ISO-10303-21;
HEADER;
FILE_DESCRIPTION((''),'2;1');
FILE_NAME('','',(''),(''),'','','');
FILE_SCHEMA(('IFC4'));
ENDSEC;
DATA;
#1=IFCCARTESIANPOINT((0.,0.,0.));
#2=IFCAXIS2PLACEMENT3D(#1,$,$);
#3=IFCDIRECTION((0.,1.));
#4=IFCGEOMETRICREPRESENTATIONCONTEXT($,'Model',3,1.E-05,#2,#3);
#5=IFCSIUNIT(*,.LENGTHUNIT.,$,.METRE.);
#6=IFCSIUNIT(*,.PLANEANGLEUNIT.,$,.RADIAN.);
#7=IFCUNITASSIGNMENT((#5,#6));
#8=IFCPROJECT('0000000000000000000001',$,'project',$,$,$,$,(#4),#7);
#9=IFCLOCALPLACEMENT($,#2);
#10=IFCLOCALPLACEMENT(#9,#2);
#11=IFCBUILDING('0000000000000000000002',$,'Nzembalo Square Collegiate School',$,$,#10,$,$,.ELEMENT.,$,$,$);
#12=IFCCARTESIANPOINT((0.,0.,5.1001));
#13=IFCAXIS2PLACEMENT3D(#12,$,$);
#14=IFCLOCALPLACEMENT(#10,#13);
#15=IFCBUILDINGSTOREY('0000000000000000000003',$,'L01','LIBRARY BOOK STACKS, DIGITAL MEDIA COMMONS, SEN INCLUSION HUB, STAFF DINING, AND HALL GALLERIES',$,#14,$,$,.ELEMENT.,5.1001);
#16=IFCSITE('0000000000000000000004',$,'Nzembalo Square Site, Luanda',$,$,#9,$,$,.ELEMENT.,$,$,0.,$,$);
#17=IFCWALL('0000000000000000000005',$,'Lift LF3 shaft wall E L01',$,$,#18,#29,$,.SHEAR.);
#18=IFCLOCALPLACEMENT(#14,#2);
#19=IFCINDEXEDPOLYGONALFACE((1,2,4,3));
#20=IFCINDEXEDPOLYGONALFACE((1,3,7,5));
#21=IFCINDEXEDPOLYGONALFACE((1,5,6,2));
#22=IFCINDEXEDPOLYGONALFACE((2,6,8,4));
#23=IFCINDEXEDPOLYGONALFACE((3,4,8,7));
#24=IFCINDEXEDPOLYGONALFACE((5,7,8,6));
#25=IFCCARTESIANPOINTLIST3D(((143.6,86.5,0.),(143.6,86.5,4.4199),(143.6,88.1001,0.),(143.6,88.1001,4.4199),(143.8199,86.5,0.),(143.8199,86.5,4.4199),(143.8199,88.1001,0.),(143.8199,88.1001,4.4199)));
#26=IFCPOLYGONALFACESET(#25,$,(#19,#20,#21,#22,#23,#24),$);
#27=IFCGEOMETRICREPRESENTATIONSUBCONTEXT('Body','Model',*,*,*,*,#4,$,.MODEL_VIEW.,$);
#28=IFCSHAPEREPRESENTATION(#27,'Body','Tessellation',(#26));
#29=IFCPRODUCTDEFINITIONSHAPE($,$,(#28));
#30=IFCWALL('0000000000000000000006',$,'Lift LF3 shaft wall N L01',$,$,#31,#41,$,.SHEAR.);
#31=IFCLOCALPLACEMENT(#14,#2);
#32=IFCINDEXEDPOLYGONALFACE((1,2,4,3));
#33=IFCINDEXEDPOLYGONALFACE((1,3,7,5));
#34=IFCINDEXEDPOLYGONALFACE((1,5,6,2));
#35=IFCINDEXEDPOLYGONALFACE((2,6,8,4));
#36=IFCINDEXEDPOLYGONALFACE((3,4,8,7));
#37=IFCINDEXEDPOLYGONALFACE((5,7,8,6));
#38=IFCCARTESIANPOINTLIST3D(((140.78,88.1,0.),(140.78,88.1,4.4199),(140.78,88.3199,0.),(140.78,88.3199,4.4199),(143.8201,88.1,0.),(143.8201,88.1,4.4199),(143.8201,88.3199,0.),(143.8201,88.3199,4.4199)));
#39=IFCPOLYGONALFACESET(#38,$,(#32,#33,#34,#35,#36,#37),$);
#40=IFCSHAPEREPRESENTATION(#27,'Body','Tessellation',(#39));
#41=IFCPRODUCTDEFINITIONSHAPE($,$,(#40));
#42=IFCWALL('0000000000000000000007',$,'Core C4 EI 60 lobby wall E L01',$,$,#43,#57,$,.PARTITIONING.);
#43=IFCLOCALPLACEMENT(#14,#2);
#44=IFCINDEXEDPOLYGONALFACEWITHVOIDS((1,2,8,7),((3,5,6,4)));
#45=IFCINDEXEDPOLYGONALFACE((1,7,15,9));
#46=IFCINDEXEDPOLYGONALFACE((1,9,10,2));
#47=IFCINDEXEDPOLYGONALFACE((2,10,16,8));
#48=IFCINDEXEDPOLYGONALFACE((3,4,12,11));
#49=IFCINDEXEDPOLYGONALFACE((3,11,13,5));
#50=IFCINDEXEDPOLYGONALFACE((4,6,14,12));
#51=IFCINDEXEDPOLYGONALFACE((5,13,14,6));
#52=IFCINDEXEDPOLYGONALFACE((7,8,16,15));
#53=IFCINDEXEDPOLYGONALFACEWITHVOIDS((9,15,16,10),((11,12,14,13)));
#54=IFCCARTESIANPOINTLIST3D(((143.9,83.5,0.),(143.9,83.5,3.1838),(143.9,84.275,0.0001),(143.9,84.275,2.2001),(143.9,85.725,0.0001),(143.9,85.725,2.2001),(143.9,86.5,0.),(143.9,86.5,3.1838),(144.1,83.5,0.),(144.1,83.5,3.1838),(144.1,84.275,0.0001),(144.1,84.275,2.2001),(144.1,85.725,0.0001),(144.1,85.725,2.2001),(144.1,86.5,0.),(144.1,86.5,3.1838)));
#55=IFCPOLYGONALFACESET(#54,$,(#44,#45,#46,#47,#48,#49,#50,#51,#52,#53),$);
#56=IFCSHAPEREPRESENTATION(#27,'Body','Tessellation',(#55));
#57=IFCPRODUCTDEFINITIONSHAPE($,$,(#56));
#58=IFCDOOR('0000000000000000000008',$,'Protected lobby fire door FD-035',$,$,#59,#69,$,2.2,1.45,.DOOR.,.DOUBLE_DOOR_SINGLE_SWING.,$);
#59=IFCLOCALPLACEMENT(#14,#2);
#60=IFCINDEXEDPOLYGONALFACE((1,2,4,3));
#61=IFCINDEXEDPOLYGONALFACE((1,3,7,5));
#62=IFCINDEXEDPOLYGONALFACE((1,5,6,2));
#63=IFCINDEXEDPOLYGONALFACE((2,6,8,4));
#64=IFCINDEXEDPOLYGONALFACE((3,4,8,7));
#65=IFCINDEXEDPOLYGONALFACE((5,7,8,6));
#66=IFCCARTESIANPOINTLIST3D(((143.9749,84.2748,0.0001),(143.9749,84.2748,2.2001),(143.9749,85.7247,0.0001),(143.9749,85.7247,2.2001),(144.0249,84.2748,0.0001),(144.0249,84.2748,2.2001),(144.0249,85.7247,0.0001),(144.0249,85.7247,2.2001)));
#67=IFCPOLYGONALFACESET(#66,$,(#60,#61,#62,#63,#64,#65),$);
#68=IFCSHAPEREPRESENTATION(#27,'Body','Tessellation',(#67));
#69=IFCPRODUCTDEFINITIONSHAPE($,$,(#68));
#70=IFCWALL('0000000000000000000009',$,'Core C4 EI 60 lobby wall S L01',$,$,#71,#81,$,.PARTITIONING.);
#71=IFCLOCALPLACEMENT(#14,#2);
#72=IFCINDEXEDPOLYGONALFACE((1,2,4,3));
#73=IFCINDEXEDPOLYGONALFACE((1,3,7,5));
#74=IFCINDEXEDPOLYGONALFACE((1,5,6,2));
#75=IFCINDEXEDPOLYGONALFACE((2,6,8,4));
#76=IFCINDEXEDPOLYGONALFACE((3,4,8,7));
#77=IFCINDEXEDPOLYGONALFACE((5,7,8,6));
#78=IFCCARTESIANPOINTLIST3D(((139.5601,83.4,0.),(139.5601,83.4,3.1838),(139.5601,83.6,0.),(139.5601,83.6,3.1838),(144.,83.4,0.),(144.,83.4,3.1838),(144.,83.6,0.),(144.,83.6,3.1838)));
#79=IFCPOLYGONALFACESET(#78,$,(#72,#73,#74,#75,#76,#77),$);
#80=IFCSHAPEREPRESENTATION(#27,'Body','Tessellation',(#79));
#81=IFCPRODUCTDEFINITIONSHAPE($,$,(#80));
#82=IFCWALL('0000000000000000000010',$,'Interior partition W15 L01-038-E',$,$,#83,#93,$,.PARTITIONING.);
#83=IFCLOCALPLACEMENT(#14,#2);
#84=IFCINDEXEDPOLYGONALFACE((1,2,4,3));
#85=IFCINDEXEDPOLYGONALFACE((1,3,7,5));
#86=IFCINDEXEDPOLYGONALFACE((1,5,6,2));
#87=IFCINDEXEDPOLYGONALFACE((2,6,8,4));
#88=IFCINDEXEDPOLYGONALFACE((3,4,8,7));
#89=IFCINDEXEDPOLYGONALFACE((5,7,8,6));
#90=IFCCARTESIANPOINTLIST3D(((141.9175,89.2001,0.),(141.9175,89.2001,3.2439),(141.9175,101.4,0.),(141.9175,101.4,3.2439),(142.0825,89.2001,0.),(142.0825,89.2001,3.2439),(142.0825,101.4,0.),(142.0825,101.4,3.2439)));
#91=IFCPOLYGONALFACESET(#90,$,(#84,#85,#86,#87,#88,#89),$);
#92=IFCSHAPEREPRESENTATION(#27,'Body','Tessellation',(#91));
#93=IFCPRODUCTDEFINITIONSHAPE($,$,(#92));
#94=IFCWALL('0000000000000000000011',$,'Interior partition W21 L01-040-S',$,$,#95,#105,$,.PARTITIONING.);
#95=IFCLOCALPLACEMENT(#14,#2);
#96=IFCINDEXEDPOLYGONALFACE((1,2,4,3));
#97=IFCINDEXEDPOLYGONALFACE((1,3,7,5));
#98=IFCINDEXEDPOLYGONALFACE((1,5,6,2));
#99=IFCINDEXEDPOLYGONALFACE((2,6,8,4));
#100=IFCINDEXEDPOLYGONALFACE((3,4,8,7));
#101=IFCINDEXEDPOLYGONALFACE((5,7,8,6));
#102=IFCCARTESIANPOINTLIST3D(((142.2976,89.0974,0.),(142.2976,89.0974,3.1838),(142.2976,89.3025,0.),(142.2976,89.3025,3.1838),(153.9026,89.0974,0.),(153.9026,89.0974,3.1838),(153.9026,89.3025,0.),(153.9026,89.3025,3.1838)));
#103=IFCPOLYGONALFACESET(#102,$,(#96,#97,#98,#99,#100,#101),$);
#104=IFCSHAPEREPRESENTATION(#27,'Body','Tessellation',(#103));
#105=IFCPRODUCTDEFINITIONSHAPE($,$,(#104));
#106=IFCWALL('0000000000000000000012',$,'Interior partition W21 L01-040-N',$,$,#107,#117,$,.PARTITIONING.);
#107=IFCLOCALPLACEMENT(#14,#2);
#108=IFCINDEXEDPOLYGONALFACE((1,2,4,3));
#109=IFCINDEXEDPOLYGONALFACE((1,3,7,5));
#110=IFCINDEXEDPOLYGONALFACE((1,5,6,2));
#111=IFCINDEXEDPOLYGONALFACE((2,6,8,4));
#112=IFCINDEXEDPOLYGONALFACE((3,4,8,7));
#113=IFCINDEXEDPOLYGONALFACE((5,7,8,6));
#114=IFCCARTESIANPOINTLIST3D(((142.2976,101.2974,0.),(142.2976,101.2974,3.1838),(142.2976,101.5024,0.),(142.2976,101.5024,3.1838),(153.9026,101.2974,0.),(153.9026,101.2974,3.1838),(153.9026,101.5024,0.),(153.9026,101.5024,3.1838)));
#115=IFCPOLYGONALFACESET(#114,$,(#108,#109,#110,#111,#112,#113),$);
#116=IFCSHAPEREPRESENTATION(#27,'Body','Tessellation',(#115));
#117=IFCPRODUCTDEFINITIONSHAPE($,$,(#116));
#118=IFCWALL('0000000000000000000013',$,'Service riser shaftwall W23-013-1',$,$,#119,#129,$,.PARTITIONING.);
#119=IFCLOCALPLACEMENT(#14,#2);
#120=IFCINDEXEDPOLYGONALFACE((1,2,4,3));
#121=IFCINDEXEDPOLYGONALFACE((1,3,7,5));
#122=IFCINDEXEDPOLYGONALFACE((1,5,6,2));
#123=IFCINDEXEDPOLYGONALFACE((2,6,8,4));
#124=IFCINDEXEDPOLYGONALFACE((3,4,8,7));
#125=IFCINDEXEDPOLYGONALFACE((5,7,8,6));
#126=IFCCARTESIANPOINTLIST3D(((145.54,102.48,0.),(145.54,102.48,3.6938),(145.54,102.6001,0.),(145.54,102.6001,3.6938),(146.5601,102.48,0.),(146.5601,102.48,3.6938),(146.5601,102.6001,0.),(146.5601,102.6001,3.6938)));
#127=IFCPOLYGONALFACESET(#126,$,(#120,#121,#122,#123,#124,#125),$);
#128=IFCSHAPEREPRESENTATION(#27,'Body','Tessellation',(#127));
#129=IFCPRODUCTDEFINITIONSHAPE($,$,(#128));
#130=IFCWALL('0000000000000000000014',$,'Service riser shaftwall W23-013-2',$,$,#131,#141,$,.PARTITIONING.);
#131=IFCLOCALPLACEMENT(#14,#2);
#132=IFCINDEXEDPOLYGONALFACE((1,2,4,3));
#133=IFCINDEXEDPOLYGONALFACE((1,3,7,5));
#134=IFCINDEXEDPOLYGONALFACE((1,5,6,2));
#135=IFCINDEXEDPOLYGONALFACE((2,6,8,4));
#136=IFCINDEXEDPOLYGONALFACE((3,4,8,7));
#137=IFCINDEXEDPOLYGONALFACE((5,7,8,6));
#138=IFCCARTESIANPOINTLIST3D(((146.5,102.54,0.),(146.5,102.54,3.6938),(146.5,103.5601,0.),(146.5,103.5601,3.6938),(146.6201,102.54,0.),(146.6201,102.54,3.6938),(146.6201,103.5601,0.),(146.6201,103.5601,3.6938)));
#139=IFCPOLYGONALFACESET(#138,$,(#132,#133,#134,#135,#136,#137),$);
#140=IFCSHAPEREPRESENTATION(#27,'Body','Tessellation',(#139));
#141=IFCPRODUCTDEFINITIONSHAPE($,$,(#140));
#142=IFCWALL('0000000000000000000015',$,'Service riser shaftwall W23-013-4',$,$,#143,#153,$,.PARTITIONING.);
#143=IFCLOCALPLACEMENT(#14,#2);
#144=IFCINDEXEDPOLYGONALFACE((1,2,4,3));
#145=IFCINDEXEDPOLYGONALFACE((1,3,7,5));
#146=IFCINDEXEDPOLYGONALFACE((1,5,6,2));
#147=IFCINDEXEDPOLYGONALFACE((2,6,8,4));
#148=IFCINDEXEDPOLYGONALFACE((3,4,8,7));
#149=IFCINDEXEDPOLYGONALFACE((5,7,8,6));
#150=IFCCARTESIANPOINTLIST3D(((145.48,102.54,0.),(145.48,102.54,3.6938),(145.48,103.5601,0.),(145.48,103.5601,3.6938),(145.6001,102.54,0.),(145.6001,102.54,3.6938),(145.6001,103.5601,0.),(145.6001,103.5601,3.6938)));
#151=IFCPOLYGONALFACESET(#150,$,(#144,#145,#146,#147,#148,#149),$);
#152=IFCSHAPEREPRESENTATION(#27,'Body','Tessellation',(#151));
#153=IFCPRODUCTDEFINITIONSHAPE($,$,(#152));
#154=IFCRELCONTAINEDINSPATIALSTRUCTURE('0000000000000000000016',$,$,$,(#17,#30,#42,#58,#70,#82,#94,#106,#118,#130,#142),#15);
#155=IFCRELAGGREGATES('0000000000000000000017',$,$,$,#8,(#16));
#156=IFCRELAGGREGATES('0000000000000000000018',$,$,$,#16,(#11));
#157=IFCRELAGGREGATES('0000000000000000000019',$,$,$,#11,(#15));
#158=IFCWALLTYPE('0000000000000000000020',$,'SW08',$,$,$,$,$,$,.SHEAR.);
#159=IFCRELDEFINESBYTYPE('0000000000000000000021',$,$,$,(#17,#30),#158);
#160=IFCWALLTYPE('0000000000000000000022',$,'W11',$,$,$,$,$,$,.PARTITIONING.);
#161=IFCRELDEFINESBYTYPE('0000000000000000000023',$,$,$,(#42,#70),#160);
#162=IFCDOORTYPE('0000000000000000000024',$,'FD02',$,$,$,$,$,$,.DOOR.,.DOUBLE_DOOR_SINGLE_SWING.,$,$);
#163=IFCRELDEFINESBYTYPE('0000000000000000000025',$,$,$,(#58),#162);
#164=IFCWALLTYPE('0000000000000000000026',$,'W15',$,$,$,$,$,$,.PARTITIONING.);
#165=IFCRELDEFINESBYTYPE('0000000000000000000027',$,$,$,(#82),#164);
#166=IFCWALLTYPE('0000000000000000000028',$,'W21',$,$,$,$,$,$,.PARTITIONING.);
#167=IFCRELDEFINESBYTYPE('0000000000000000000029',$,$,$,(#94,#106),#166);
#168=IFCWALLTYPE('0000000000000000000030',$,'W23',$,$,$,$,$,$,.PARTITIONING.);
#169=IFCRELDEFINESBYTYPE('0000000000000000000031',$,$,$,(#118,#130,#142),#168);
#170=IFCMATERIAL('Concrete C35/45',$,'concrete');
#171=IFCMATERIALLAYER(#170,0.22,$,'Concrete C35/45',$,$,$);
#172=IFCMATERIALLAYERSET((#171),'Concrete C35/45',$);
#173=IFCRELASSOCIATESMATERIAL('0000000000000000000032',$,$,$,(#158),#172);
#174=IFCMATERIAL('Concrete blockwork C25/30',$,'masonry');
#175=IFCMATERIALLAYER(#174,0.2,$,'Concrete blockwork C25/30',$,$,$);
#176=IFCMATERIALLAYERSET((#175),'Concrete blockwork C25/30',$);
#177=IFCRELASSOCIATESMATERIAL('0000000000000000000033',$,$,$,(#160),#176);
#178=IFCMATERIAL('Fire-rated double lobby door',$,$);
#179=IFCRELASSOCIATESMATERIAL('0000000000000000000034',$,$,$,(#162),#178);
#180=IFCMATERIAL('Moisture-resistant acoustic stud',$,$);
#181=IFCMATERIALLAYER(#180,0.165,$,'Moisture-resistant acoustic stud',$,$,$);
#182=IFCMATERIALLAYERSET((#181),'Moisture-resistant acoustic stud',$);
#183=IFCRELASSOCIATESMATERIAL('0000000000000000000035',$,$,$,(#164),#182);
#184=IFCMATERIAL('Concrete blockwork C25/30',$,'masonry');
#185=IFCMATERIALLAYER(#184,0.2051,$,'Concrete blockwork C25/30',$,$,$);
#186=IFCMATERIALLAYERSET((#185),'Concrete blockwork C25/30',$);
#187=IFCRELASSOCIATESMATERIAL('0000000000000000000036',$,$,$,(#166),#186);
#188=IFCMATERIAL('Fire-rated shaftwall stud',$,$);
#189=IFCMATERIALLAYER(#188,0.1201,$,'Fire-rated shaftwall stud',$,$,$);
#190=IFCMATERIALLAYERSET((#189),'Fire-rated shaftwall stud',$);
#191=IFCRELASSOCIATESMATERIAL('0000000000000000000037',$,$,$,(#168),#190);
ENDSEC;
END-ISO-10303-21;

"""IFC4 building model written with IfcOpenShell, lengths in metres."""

from ifc_helpers import new_model, si_unit, direction, frame, frame_2d, origin, place, context, subcontext, project, spatial, rectangle, extrude, material, layer, layer_set, type_object, element, fill, save


model = new_model("IFC4")

# Units and contexts
model_context = context("Model", 3, precision=1e-05, world=origin(), true_north=direction((0.0, 1.0)))
body_context = subcontext(model_context, "Body", "Model", "MODEL_VIEW")
ifc_project = project(units=[si_unit("LENGTHUNIT", "METRE"), si_unit("PLANEANGLEUNIT", "RADIAN")], contexts=[model_context])

# Site, building, storey
site_placement = place(None, origin())
site = spatial("IfcSite", under=ifc_project, at=site_placement, Name="Nzembalo Square Site, Luanda", CompositionType="ELEMENT", RefElevation=0.0)
building_placement = place(site_placement, origin())
building = spatial("IfcBuilding", under=site, at=building_placement, Name="Nzembalo Square Collegiate School", CompositionType="ELEMENT")
storey_placement = place(building_placement, frame((0.0, 0.0, 5.1001)))
storey = spatial("IfcBuildingStorey", under=building, at=storey_placement, Name="L01", Description="LIBRARY BOOK STACKS, DIGITAL MEDIA COMMONS, SEN INCLUSION HUB, STAFF DINING, AND HALL GALLERIES", CompositionType="ELEMENT", Elevation=5.1001)

# Walls
ifc_material_1 = material(Name="Concrete C35/45", Category="concrete")
ifc_layer_1 = layer(ifc_material_1, 0.22, Name="Concrete C35/45")
ifc_layer_set_1 = layer_set([ifc_layer_1], Name="Concrete C35/45")
wall_type_1 = type_object("IfcWallType", Name="SW08", PredefinedType="SHEAR", material=ifc_layer_set_1)
for number, where, z_axis, x_axis, name in (
    (1, (143.71, 86.5, 0.0), (0.0, 0.0, 1.0), (0.0, 1.0, 0.0), "Lift LF3 shaft wall E L01"),
):
    element("IfcWall", number, at=place(storey_placement, frame(where, z_axis=z_axis, x_axis=x_axis)), inside=storey, type_object=wall_type_1, Name=name, PredefinedType="SHEAR", context=body_context, shape_type="SweptSolid", body=[
        extrude(rectangle(XDim=1.6001, YDim=0.22, at=frame_2d((0.8, 0.0))), origin(), (0.0, 0.0, 1.0), 4.4199),
    ])
wall_1_placement = place(storey_placement, frame((140.78, 88.21, 0.0), z_axis=(0.0, 0.0, 1.0), x_axis=(1.0, 0.0, 0.0)))
element("IfcWall", 2, at=wall_1_placement, inside=storey, type_object=wall_type_1, Name="Lift LF3 shaft wall N L01", PredefinedType="SHEAR", context=body_context, shape_type="SweptSolid", body=[
    extrude(rectangle(XDim=3.04, YDim=0.22, at=frame_2d((1.52, 0.0))), origin(), (0.0, 0.0, 1.0), 4.4199),
])

# Wall, opening, door
ifc_material_2 = material(Name="Concrete blockwork C25/30", Category="masonry")
ifc_layer_2 = layer(ifc_material_2, 0.2, Name="Concrete blockwork C25/30")
ifc_layer_set_2 = layer_set([ifc_layer_2], Name="Concrete blockwork C25/30")
wall_type_2 = type_object("IfcWallType", Name="W11", PredefinedType="PARTITIONING", material=ifc_layer_set_2)
wall_2_placement = place(storey_placement, frame((144.0, 83.5, 0.0), z_axis=(0.0, 0.0, 1.0), x_axis=(0.0, 1.0, 0.0)))
wall_2 = element("IfcWall", 3, at=wall_2_placement, inside=storey, type_object=wall_type_2, Name="Core C4 EI 60 lobby wall E L01", PredefinedType="PARTITIONING", context=body_context, shape_type="SweptSolid", body=[
    extrude(rectangle(XDim=3.0, YDim=0.2, at=frame_2d((1.5, 0.0))), origin(), (0.0, 0.0, 1.0), 3.1838),
])
opening_1_placement = place(wall_2_placement, frame((0.7749, 0.0, 0.0)))
opening_1 = element("IfcOpeningElement", 4, at=opening_1_placement, cuts=wall_2, PredefinedType="OPENING", context=body_context, shape_type="SweptSolid", body=[
    extrude(rectangle(XDim=1.45, YDim=2.2, at=frame_2d((0.7251, 1.1001))), frame((0.0, 0.1099, 0.0), z_axis=(0.0, -1.0, 0.0), x_axis=(1.0, 0.0, 0.0)), (0.0, 0.0, 1.0), 0.22),
])
ifc_material_3 = material(Name="Fire-rated double lobby door")
door_type_1 = type_object("IfcDoorType", Name="FD02", OperationType="DOUBLE_DOOR_SINGLE_SWING", PredefinedType="DOOR", material=ifc_material_3)
door_1_placement = place(opening_1_placement, frame((1.45, 0.0, 0.0), z_axis=(0.0, 0.0, 1.0), x_axis=(-1.0, 0.0, 0.0)))
door_1 = element("IfcDoor", 5, at=door_1_placement, inside=storey, type_object=door_type_1, Name="Protected lobby fire door FD-035", OperationType="DOUBLE_DOOR_SINGLE_SWING", OverallHeight=2.2, OverallWidth=1.45, PredefinedType="DOOR", context=body_context, shape_type="SweptSolid", body=[
    extrude(rectangle(XDim=1.45, YDim=2.2, at=frame_2d((0.7251, 1.1001))), frame((0.0, 0.0249, 0.0), z_axis=(0.0, -1.0, 0.0), x_axis=(1.0, 0.0, 0.0)), (0.0, 0.0, 1.0), 0.05),
])
fill(opening_1, door_1)

# Walls
wall_3_placement = place(storey_placement, frame((139.5601, 83.5, 0.0), z_axis=(0.0, 0.0, 1.0), x_axis=(1.0, 0.0, 0.0)))
element("IfcWall", 6, at=wall_3_placement, inside=storey, type_object=wall_type_2, Name="Core C4 EI 60 lobby wall S L01", PredefinedType="PARTITIONING", context=body_context, shape_type="SweptSolid", body=[
    extrude(rectangle(XDim=4.4399, YDim=0.2, at=frame_2d((2.22, 0.0))), origin(), (0.0, 0.0, 1.0), 3.1838),
])
ifc_material_4 = material(Name="Moisture-resistant acoustic stud")
ifc_layer_3 = layer(ifc_material_4, 0.165, Name="Moisture-resistant acoustic stud")
ifc_layer_set_3 = layer_set([ifc_layer_3], Name="Moisture-resistant acoustic stud")
wall_type_3 = type_object("IfcWallType", Name="W15", PredefinedType="PARTITIONING", material=ifc_layer_set_3)
wall_4_placement = place(storey_placement, frame((142.0, 89.2, 0.0), z_axis=(0.0, 0.0, 1.0), x_axis=(0.0, 1.0, 0.0)))
element("IfcWall", 7, at=wall_4_placement, inside=storey, type_object=wall_type_3, Name="Interior partition W15 L01-038-E", PredefinedType="PARTITIONING", context=body_context, shape_type="SweptSolid", body=[
    extrude(rectangle(XDim=12.2, YDim=0.165, at=frame_2d((6.1001, 0.0))), origin(), (0.0, 0.0, 1.0), 3.2439),
])
ifc_material_5 = material(Name="Concrete blockwork C25/30", Category="masonry")
ifc_layer_4 = layer(ifc_material_5, 0.2051, Name="Concrete blockwork C25/30")
ifc_layer_set_4 = layer_set([ifc_layer_4], Name="Concrete blockwork C25/30")
wall_type_4 = type_object("IfcWallType", Name="W21", PredefinedType="PARTITIONING", material=ifc_layer_set_4)
for number, where, z_axis, x_axis, name in (
    (8, (142.2976, 89.2, 0.0), (0.0, 0.0, 1.0), (1.0, 0.0, 0.0), "Interior partition W21 L01-040-S"),
    (9, (142.2976, 101.3999, 0.0), (0.0, 0.0, 1.0), (1.0, 0.0, 0.0), "Interior partition W21 L01-040-N"),
):
    element("IfcWall", number, at=place(storey_placement, frame(where, z_axis=z_axis, x_axis=x_axis)), inside=storey, type_object=wall_type_4, Name=name, PredefinedType="PARTITIONING", context=body_context, shape_type="SweptSolid", body=[
        extrude(rectangle(XDim=11.605, YDim=0.2051, at=frame_2d((5.8025, 0.0))), origin(), (0.0, 0.0, 1.0), 3.1838),
    ])
ifc_material_6 = material(Name="Fire-rated shaftwall stud")
ifc_layer_5 = layer(ifc_material_6, 0.1201, Name="Fire-rated shaftwall stud")
ifc_layer_set_5 = layer_set([ifc_layer_5], Name="Fire-rated shaftwall stud")
wall_type_5 = type_object("IfcWallType", Name="W23", PredefinedType="PARTITIONING", material=ifc_layer_set_5)
for number, where, z_axis, x_axis, name in (
    (10, (145.54, 102.54, 0.0), (0.0, 0.0, 1.0), (1.0, 0.0, 0.0), "Service riser shaftwall W23-013-1"),
    (11, (146.5601, 102.54, 0.0), (0.0, 0.0, 1.0), (0.0, 1.0, 0.0), "Service riser shaftwall W23-013-2"),
    (12, (145.54, 103.5601, 0.0), (0.0, 0.0, 1.0), (0.0, -1.0, 0.0), "Service riser shaftwall W23-013-4"),
):
    element("IfcWall", number, at=place(storey_placement, frame(where, z_axis=z_axis, x_axis=x_axis)), inside=storey, type_object=wall_type_5, Name=name, PredefinedType="PARTITIONING", context=body_context, shape_type="SweptSolid", body=[
        extrude(rectangle(XDim=1.02, YDim=0.1201, at=frame_2d((0.51, 0.0))), origin(), (0.0, 0.0, 1.0), 3.6938),
    ])

save(model, "model.ifc")
